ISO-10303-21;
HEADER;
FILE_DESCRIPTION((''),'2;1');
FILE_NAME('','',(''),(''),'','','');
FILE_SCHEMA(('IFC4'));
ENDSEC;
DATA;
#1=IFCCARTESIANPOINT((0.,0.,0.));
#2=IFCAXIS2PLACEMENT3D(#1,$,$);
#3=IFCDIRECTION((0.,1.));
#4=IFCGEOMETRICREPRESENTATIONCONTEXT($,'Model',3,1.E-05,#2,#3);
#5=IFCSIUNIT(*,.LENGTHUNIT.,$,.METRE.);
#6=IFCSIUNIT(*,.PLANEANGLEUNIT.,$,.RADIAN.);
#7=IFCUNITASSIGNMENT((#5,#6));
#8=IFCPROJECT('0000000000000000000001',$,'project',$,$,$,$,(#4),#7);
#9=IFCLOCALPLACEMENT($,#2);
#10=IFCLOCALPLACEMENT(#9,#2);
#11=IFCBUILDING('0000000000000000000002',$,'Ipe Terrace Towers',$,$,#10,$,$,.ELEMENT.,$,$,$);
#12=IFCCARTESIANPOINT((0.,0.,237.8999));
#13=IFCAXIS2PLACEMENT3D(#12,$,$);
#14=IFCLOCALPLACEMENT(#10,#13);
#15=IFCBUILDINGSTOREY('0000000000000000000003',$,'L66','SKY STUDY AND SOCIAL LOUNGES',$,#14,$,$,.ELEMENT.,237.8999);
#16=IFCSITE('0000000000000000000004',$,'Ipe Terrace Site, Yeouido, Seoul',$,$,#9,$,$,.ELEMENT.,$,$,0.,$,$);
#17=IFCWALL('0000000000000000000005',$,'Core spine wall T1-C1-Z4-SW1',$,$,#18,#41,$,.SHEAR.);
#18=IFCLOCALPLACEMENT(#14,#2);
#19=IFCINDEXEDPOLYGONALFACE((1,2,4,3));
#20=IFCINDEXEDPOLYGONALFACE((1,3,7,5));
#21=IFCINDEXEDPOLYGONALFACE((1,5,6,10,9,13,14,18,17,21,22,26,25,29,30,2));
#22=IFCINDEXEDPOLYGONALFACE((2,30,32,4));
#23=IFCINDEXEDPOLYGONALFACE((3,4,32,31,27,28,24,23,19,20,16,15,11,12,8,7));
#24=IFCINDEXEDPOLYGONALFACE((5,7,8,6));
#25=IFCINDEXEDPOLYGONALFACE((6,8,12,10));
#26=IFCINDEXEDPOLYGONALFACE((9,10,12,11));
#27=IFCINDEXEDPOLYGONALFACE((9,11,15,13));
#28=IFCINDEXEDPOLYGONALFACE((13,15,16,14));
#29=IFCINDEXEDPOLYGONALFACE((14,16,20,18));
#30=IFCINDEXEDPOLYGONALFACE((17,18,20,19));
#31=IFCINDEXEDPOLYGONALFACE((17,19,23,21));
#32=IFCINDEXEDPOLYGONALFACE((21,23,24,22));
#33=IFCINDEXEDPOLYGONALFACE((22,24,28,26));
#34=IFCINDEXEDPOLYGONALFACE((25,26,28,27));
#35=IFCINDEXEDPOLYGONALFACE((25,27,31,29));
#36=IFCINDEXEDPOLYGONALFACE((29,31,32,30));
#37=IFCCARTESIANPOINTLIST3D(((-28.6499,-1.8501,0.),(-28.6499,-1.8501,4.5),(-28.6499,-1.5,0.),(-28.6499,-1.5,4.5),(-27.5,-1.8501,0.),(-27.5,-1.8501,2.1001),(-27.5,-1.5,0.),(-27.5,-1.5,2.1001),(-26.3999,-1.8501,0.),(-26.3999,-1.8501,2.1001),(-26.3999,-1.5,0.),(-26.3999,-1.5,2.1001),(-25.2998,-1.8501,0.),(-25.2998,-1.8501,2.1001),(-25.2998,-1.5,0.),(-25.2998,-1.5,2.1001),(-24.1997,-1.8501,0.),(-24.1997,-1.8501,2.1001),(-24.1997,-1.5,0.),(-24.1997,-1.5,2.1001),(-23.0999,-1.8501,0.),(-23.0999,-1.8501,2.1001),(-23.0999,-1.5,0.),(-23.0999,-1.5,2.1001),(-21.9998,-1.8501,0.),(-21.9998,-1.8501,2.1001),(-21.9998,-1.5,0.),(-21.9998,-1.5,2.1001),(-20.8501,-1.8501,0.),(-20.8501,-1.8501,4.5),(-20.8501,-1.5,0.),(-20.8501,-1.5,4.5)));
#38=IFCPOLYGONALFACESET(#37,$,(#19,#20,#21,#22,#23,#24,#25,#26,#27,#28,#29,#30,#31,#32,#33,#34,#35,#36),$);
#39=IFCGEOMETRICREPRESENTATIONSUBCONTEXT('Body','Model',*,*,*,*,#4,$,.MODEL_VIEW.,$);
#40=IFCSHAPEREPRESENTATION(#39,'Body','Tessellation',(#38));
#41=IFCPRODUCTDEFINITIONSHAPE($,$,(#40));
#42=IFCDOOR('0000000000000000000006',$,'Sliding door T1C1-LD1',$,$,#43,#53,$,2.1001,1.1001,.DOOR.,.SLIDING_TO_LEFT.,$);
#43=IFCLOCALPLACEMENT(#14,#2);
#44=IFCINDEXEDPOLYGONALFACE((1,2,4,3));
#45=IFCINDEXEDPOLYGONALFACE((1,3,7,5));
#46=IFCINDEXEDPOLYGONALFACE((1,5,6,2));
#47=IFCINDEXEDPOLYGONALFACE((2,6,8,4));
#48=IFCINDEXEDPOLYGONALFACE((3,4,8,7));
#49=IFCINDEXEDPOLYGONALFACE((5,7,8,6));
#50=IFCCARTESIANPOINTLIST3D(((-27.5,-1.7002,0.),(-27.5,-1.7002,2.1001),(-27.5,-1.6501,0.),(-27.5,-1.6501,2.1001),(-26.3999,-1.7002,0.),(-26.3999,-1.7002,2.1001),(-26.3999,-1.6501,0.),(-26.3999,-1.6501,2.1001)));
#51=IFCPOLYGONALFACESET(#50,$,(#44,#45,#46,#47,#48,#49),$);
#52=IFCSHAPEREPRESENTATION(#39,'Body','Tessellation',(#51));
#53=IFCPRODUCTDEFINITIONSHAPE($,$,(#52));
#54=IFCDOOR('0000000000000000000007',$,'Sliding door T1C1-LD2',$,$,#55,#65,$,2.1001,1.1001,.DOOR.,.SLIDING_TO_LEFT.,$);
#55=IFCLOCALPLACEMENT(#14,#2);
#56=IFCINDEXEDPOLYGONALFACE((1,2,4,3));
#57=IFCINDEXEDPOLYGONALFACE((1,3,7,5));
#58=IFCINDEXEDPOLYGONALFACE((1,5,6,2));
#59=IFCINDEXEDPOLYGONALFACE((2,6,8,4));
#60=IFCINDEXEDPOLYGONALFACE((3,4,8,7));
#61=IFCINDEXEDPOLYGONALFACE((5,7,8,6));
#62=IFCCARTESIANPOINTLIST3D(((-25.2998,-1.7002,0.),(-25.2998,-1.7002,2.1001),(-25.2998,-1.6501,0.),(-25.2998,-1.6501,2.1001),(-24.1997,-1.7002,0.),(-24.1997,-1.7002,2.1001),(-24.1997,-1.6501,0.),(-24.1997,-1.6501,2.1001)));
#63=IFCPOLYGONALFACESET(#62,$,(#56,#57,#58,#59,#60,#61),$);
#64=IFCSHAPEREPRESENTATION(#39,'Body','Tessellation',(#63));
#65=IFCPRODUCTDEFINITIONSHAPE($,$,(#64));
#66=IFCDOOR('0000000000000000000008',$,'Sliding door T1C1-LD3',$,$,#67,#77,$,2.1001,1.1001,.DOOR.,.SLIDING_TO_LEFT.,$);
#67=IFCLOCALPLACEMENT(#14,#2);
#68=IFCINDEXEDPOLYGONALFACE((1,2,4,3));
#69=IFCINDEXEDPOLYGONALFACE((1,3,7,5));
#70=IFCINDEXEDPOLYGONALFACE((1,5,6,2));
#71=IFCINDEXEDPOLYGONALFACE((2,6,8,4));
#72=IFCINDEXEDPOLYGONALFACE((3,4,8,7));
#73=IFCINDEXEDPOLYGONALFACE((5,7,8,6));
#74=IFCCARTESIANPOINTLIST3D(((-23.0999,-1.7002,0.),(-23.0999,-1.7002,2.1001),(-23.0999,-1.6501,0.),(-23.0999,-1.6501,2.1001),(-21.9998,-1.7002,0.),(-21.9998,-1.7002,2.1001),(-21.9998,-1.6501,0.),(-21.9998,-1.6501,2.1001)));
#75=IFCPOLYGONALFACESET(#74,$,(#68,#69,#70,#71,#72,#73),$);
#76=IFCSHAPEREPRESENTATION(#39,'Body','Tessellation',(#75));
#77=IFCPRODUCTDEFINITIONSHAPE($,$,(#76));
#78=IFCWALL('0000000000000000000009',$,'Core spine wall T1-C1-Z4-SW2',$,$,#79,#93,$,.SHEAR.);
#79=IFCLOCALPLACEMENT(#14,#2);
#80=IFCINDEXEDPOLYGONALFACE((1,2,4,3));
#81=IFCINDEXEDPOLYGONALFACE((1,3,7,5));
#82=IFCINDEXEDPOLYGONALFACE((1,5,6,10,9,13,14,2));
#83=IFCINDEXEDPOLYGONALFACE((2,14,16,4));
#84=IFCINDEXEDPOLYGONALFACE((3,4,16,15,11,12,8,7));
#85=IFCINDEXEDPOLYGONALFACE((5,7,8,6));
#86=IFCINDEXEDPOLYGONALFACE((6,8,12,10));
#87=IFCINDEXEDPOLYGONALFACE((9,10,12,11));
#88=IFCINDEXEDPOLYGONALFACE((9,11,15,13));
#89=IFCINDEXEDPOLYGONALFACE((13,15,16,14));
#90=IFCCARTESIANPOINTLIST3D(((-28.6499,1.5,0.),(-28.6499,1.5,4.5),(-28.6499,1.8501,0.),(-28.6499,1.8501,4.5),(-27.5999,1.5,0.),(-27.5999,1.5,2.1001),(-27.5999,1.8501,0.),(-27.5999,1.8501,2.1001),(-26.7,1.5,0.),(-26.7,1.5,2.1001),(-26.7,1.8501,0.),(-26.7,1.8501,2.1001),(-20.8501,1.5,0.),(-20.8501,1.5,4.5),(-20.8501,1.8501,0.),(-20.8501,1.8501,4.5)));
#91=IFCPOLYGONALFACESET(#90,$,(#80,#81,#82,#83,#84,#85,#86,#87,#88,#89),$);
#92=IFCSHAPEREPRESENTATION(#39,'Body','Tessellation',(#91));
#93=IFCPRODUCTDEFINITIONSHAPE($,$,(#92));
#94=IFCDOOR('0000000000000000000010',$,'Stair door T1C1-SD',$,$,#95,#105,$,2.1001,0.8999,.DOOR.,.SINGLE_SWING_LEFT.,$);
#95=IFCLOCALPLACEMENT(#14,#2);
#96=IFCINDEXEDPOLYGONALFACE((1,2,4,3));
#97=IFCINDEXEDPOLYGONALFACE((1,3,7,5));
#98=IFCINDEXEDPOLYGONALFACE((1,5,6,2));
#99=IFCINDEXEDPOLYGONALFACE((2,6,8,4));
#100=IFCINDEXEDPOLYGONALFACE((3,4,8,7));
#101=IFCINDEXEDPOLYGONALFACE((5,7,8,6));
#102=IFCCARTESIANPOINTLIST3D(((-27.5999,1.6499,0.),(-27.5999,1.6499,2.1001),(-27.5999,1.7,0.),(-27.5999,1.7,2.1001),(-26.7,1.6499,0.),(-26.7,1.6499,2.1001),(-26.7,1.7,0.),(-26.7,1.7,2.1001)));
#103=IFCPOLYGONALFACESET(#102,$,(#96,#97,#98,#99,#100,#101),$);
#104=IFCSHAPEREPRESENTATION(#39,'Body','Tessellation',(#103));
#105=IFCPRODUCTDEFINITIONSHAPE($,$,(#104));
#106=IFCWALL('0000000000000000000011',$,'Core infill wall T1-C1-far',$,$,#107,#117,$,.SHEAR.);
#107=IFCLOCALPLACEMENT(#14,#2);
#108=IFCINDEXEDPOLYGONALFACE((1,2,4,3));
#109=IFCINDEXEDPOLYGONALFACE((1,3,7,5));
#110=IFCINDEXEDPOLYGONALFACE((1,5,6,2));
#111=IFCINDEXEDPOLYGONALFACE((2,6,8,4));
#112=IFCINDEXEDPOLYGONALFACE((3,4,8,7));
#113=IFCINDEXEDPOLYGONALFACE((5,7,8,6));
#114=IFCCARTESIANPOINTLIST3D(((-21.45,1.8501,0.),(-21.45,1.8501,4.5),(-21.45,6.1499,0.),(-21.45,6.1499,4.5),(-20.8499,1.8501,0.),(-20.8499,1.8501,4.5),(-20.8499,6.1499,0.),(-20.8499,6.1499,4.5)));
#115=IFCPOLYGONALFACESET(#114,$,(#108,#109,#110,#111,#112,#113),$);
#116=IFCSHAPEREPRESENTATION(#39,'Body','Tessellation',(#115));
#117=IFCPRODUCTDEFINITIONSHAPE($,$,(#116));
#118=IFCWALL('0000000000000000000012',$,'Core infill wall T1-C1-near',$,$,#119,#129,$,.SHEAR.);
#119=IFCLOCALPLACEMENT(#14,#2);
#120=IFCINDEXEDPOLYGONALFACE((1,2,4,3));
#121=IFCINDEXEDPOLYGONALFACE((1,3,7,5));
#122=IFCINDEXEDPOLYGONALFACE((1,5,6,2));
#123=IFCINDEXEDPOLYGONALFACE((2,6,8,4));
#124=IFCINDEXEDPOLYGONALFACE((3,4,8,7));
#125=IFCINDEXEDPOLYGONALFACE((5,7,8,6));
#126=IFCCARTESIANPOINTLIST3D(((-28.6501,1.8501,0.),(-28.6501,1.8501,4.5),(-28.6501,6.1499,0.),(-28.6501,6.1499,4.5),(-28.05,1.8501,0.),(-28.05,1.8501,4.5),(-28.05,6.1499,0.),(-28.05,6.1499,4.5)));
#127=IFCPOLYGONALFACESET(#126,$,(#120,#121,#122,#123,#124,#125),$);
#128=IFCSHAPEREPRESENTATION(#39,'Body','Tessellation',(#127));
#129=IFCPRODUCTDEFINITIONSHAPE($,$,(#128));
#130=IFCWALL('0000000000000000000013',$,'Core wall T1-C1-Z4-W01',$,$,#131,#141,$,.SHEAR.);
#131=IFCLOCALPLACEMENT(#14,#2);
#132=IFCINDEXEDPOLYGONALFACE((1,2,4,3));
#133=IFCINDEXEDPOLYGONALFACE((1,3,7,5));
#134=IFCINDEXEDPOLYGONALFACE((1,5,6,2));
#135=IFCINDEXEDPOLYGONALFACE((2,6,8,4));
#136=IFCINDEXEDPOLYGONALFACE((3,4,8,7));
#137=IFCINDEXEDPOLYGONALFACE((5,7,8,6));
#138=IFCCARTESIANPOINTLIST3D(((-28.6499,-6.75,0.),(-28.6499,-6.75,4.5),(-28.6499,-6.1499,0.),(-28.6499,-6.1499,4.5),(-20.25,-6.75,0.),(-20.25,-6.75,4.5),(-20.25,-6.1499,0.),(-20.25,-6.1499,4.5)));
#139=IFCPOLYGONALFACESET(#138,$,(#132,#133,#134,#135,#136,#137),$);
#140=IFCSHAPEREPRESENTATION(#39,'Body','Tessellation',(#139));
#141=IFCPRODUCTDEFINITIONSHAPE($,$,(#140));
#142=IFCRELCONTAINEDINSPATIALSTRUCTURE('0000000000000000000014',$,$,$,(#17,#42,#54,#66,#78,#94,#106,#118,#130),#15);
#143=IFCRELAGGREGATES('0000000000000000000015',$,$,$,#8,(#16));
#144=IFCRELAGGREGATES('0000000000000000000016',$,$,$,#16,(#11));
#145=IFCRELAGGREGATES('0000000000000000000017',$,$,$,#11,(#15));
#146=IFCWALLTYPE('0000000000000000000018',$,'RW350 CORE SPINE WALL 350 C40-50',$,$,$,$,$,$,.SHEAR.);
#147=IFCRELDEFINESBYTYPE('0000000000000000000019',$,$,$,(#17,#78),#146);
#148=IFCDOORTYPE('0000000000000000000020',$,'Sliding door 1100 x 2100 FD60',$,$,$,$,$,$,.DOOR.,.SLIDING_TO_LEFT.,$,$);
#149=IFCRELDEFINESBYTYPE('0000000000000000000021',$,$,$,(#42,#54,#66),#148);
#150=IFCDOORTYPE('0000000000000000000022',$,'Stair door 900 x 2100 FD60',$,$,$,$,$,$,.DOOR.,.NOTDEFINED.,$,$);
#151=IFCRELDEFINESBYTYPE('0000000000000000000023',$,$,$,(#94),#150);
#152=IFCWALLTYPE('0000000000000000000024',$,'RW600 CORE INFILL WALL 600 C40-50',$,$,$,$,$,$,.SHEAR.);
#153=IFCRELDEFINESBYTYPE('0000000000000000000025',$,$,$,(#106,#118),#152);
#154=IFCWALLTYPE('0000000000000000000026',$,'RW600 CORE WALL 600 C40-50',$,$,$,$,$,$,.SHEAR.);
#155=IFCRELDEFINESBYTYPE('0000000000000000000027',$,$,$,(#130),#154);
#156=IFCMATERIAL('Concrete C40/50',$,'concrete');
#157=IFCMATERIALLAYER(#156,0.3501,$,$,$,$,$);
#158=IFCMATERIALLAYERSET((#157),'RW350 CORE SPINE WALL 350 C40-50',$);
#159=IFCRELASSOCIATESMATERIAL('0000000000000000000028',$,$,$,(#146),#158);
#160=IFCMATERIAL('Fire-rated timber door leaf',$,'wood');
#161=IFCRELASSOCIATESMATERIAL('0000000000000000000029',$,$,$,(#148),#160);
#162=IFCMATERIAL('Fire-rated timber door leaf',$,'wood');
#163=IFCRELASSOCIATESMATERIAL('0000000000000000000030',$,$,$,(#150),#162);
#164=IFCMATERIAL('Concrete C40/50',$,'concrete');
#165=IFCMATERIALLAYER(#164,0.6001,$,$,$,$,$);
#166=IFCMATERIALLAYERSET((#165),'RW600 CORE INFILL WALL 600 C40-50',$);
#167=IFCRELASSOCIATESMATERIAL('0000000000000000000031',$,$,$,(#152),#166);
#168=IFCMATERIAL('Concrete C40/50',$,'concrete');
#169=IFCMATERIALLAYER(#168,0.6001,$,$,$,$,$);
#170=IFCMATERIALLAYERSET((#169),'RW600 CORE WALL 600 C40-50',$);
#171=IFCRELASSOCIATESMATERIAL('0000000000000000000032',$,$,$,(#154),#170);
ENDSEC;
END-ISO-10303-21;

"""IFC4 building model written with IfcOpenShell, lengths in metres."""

from ifc_helpers import new_model, si_unit, direction, frame, frame_2d, origin, place, context, subcontext, project, spatial, rectangle, extrude, material, layer, layer_set, type_object, element, fill, save


model = new_model("IFC4")

# Units and contexts
model_context = context("Model", 3, precision=1e-05, world=origin(), true_north=direction((0.0, 1.0)))
body_context = subcontext(model_context, "Body", "Model", "MODEL_VIEW")
ifc_project = project(units=[si_unit("LENGTHUNIT", "METRE"), si_unit("PLANEANGLEUNIT", "RADIAN")], contexts=[model_context])

# Site, building, storey
site_placement = place(None, origin())
site = spatial("IfcSite", under=ifc_project, at=site_placement, Name="Ipe Terrace Site, Yeouido, Seoul", CompositionType="ELEMENT", RefElevation=0.0)
building_placement = place(site_placement, origin())
building = spatial("IfcBuilding", under=site, at=building_placement, Name="Ipe Terrace Towers", CompositionType="ELEMENT")
storey_placement = place(building_placement, frame((0.0, 0.0, 237.8999)))
storey = spatial("IfcBuildingStorey", under=building, at=storey_placement, Name="L66", Description="SKY STUDY AND SOCIAL LOUNGES", CompositionType="ELEMENT", Elevation=237.8999)

# Wall, openings, doors
ifc_material_1 = material(Name="Concrete C40/50", Category="concrete")
ifc_layer_1 = layer(ifc_material_1, 0.3501)
ifc_layer_set_1 = layer_set([ifc_layer_1], Name="RW350 CORE SPINE WALL 350 C40-50")
wall_type_1 = type_object("IfcWallType", Name="RW350 CORE SPINE WALL 350 C40-50", PredefinedType="SHEAR", material=ifc_layer_set_1)
wall_1_placement = place(storey_placement, frame((-28.6499, -1.675, 0.0), z_axis=(0.0, 0.0, 1.0), x_axis=(1.0, 0.0, 0.0)))
wall_1 = element("IfcWall", 1, at=wall_1_placement, inside=storey, type_object=wall_type_1, Name="Core spine wall T1-C1-Z4-SW1", PredefinedType="SHEAR", context=body_context, shape_type="SweptSolid", body=[
    extrude(rectangle(XDim=7.7998, YDim=0.3501, at=frame_2d((3.8999, 0.0))), origin(), (0.0, 0.0, 1.0), 4.5),
])
opening_1_placement = place(wall_1_placement, frame((1.1499, 0.0, 0.0)))
opening_1 = element("IfcOpeningElement", 2, at=opening_1_placement, cuts=wall_1, PredefinedType="OPENING", context=body_context, shape_type="SweptSolid", body=[
    extrude(rectangle(XDim=1.1001, YDim=2.1001, at=frame_2d((0.55, 1.05))), frame((0.0, 0.1851, 0.0), z_axis=(0.0, -1.0, 0.0), x_axis=(1.0, 0.0, 0.0)), (0.0, 0.0, 1.0), 0.3701),
])
opening_2_placement = place(wall_1_placement, frame((3.3501, 0.0, 0.0)))
opening_2 = element("IfcOpeningElement", 3, at=opening_2_placement, cuts=wall_1, PredefinedType="OPENING", context=body_context, shape_type="SweptSolid", body=[
    extrude(rectangle(XDim=1.1001, YDim=2.1001, at=frame_2d((0.55, 1.05))), frame((0.0, 0.1851, 0.0), z_axis=(0.0, -1.0, 0.0), x_axis=(1.0, 0.0, 0.0)), (0.0, 0.0, 1.0), 0.3701),
])
opening_3_placement = place(wall_1_placement, frame((5.55, 0.0, 0.0)))
opening_3 = element("IfcOpeningElement", 4, at=opening_3_placement, cuts=wall_1, PredefinedType="OPENING", context=body_context, shape_type="SweptSolid", body=[
    extrude(rectangle(XDim=1.1001, YDim=2.1001, at=frame_2d((0.55, 1.05))), frame((0.0, 0.1851, 0.0), z_axis=(0.0, -1.0, 0.0), x_axis=(1.0, 0.0, 0.0)), (0.0, 0.0, 1.0), 0.3701),
])
ifc_material_2 = material(Name="Fire-rated timber door leaf", Category="wood")
door_type_1 = type_object("IfcDoorType", Name="Sliding door 1100 x 2100 FD60", OperationType="SLIDING_TO_LEFT", PredefinedType="DOOR", material=ifc_material_2)
door_1_placement = place(opening_1_placement, origin())
door_1 = element("IfcDoor", 5, at=door_1_placement, inside=storey, type_object=door_type_1, Name="Sliding door T1C1-LD1", OperationType="SLIDING_TO_LEFT", OverallHeight=2.1001, OverallWidth=1.1001, PredefinedType="DOOR", context=body_context, shape_type="SweptSolid", body=[
    extrude(rectangle(XDim=1.1001, YDim=2.1001, at=frame_2d((0.55, 1.05))), frame((0.0, 0.0249, 0.0), z_axis=(0.0, -1.0, 0.0), x_axis=(1.0, 0.0, 0.0)), (0.0, 0.0, 1.0), 0.05),
])
fill(opening_1, door_1)
door_2_placement = place(opening_2_placement, origin())
door_2 = element("IfcDoor", 6, at=door_2_placement, inside=storey, type_object=door_type_1, Name="Sliding door T1C1-LD2", OperationType="SLIDING_TO_LEFT", OverallHeight=2.1001, OverallWidth=1.1001, PredefinedType="DOOR", context=body_context, shape_type="SweptSolid", body=[
    extrude(rectangle(XDim=1.1001, YDim=2.1001, at=frame_2d((0.55, 1.05))), frame((0.0, 0.0249, 0.0), z_axis=(0.0, -1.0, 0.0), x_axis=(1.0, 0.0, 0.0)), (0.0, 0.0, 1.0), 0.05),
])
fill(opening_2, door_2)
door_3_placement = place(opening_3_placement, origin())
door_3 = element("IfcDoor", 7, at=door_3_placement, inside=storey, type_object=door_type_1, Name="Sliding door T1C1-LD3", OperationType="SLIDING_TO_LEFT", OverallHeight=2.1001, OverallWidth=1.1001, PredefinedType="DOOR", context=body_context, shape_type="SweptSolid", body=[
    extrude(rectangle(XDim=1.1001, YDim=2.1001, at=frame_2d((0.55, 1.05))), frame((0.0, 0.0249, 0.0), z_axis=(0.0, -1.0, 0.0), x_axis=(1.0, 0.0, 0.0)), (0.0, 0.0, 1.0), 0.05),
])
fill(opening_3, door_3)

# Wall, opening, door
wall_2_placement = place(storey_placement, frame((-28.6499, 1.675, 0.0), z_axis=(0.0, 0.0, 1.0), x_axis=(1.0, 0.0, 0.0)))
wall_2 = element("IfcWall", 8, at=wall_2_placement, inside=storey, type_object=wall_type_1, Name="Core spine wall T1-C1-Z4-SW2", PredefinedType="SHEAR", context=body_context, shape_type="SweptSolid", body=[
    extrude(rectangle(XDim=7.7998, YDim=0.3501, at=frame_2d((3.8999, 0.0))), origin(), (0.0, 0.0, 1.0), 4.5),
])
opening_4_placement = place(wall_2_placement, frame((1.05, 0.0, 0.0)))
opening_4 = element("IfcOpeningElement", 9, at=opening_4_placement, cuts=wall_2, PredefinedType="OPENING", context=body_context, shape_type="SweptSolid", body=[
    extrude(rectangle(XDim=0.8999, YDim=2.1001, at=frame_2d((0.45, 1.05))), frame((0.0, 0.1851, 0.0), z_axis=(0.0, -1.0, 0.0), x_axis=(1.0, 0.0, 0.0)), (0.0, 0.0, 1.0), 0.3701),
])
ifc_material_3 = material(Name="Fire-rated timber door leaf", Category="wood")
door_type_2 = type_object("IfcDoorType", Name="Stair door 900 x 2100 FD60", OperationType="NOTDEFINED", PredefinedType="DOOR", material=ifc_material_3)
door_4_placement = place(opening_4_placement, origin())
door_4 = element("IfcDoor", 10, at=door_4_placement, inside=storey, type_object=door_type_2, Name="Stair door T1C1-SD", OperationType="SINGLE_SWING_LEFT", OverallHeight=2.1001, OverallWidth=0.8999, PredefinedType="DOOR", context=body_context, shape_type="SweptSolid", body=[
    extrude(rectangle(XDim=0.8999, YDim=2.1001, at=frame_2d((0.45, 1.05))), frame((0.0, 0.0249, 0.0), z_axis=(0.0, -1.0, 0.0), x_axis=(1.0, 0.0, 0.0)), (0.0, 0.0, 1.0), 0.05),
])
fill(opening_4, door_4)

# Walls
ifc_material_4 = material(Name="Concrete C40/50", Category="concrete")
ifc_layer_2 = layer(ifc_material_4, 0.6001)
ifc_layer_set_2 = layer_set([ifc_layer_2], Name="RW600 CORE INFILL WALL 600 C40-50")
wall_type_2 = type_object("IfcWallType", Name="RW600 CORE INFILL WALL 600 C40-50", PredefinedType="SHEAR", material=ifc_layer_set_2)
for number, where, z_axis, x_axis, name in (
    (11, (-21.1499, 1.8501, 0.0), (0.0, 0.0, 1.0), (0.0, 1.0, 0.0), "Core infill wall T1-C1-far"),
    (12, (-28.3501, 1.8501, 0.0), (0.0, 0.0, 1.0), (0.0, 1.0, 0.0), "Core infill wall T1-C1-near"),
):
    element("IfcWall", number, at=place(storey_placement, frame(where, z_axis=z_axis, x_axis=x_axis)), inside=storey, type_object=wall_type_2, Name=name, PredefinedType="SHEAR", context=body_context, shape_type="SweptSolid", body=[
        extrude(rectangle(XDim=4.2998, YDim=0.6001, at=frame_2d((2.1499, 0.0))), origin(), (0.0, 0.0, 1.0), 4.5),
    ])
ifc_material_5 = material(Name="Concrete C40/50", Category="concrete")
ifc_layer_3 = layer(ifc_material_5, 0.6001)
ifc_layer_set_3 = layer_set([ifc_layer_3], Name="RW600 CORE WALL 600 C40-50")
wall_type_3 = type_object("IfcWallType", Name="RW600 CORE WALL 600 C40-50", PredefinedType="SHEAR", material=ifc_layer_set_3)
wall_3_placement = place(storey_placement, frame((-28.6499, -6.45, 0.0), z_axis=(0.0, 0.0, 1.0), x_axis=(1.0, 0.0, 0.0)))
element("IfcWall", 13, at=wall_3_placement, inside=storey, type_object=wall_type_3, Name="Core wall T1-C1-Z4-W01", PredefinedType="SHEAR", context=body_context, shape_type="SweptSolid", body=[
    extrude(rectangle(XDim=8.3999, YDim=0.6001, at=frame_2d((4.2, 0.0))), origin(), (0.0, 0.0, 1.0), 4.5),
])

save(model, "model.ifc")
